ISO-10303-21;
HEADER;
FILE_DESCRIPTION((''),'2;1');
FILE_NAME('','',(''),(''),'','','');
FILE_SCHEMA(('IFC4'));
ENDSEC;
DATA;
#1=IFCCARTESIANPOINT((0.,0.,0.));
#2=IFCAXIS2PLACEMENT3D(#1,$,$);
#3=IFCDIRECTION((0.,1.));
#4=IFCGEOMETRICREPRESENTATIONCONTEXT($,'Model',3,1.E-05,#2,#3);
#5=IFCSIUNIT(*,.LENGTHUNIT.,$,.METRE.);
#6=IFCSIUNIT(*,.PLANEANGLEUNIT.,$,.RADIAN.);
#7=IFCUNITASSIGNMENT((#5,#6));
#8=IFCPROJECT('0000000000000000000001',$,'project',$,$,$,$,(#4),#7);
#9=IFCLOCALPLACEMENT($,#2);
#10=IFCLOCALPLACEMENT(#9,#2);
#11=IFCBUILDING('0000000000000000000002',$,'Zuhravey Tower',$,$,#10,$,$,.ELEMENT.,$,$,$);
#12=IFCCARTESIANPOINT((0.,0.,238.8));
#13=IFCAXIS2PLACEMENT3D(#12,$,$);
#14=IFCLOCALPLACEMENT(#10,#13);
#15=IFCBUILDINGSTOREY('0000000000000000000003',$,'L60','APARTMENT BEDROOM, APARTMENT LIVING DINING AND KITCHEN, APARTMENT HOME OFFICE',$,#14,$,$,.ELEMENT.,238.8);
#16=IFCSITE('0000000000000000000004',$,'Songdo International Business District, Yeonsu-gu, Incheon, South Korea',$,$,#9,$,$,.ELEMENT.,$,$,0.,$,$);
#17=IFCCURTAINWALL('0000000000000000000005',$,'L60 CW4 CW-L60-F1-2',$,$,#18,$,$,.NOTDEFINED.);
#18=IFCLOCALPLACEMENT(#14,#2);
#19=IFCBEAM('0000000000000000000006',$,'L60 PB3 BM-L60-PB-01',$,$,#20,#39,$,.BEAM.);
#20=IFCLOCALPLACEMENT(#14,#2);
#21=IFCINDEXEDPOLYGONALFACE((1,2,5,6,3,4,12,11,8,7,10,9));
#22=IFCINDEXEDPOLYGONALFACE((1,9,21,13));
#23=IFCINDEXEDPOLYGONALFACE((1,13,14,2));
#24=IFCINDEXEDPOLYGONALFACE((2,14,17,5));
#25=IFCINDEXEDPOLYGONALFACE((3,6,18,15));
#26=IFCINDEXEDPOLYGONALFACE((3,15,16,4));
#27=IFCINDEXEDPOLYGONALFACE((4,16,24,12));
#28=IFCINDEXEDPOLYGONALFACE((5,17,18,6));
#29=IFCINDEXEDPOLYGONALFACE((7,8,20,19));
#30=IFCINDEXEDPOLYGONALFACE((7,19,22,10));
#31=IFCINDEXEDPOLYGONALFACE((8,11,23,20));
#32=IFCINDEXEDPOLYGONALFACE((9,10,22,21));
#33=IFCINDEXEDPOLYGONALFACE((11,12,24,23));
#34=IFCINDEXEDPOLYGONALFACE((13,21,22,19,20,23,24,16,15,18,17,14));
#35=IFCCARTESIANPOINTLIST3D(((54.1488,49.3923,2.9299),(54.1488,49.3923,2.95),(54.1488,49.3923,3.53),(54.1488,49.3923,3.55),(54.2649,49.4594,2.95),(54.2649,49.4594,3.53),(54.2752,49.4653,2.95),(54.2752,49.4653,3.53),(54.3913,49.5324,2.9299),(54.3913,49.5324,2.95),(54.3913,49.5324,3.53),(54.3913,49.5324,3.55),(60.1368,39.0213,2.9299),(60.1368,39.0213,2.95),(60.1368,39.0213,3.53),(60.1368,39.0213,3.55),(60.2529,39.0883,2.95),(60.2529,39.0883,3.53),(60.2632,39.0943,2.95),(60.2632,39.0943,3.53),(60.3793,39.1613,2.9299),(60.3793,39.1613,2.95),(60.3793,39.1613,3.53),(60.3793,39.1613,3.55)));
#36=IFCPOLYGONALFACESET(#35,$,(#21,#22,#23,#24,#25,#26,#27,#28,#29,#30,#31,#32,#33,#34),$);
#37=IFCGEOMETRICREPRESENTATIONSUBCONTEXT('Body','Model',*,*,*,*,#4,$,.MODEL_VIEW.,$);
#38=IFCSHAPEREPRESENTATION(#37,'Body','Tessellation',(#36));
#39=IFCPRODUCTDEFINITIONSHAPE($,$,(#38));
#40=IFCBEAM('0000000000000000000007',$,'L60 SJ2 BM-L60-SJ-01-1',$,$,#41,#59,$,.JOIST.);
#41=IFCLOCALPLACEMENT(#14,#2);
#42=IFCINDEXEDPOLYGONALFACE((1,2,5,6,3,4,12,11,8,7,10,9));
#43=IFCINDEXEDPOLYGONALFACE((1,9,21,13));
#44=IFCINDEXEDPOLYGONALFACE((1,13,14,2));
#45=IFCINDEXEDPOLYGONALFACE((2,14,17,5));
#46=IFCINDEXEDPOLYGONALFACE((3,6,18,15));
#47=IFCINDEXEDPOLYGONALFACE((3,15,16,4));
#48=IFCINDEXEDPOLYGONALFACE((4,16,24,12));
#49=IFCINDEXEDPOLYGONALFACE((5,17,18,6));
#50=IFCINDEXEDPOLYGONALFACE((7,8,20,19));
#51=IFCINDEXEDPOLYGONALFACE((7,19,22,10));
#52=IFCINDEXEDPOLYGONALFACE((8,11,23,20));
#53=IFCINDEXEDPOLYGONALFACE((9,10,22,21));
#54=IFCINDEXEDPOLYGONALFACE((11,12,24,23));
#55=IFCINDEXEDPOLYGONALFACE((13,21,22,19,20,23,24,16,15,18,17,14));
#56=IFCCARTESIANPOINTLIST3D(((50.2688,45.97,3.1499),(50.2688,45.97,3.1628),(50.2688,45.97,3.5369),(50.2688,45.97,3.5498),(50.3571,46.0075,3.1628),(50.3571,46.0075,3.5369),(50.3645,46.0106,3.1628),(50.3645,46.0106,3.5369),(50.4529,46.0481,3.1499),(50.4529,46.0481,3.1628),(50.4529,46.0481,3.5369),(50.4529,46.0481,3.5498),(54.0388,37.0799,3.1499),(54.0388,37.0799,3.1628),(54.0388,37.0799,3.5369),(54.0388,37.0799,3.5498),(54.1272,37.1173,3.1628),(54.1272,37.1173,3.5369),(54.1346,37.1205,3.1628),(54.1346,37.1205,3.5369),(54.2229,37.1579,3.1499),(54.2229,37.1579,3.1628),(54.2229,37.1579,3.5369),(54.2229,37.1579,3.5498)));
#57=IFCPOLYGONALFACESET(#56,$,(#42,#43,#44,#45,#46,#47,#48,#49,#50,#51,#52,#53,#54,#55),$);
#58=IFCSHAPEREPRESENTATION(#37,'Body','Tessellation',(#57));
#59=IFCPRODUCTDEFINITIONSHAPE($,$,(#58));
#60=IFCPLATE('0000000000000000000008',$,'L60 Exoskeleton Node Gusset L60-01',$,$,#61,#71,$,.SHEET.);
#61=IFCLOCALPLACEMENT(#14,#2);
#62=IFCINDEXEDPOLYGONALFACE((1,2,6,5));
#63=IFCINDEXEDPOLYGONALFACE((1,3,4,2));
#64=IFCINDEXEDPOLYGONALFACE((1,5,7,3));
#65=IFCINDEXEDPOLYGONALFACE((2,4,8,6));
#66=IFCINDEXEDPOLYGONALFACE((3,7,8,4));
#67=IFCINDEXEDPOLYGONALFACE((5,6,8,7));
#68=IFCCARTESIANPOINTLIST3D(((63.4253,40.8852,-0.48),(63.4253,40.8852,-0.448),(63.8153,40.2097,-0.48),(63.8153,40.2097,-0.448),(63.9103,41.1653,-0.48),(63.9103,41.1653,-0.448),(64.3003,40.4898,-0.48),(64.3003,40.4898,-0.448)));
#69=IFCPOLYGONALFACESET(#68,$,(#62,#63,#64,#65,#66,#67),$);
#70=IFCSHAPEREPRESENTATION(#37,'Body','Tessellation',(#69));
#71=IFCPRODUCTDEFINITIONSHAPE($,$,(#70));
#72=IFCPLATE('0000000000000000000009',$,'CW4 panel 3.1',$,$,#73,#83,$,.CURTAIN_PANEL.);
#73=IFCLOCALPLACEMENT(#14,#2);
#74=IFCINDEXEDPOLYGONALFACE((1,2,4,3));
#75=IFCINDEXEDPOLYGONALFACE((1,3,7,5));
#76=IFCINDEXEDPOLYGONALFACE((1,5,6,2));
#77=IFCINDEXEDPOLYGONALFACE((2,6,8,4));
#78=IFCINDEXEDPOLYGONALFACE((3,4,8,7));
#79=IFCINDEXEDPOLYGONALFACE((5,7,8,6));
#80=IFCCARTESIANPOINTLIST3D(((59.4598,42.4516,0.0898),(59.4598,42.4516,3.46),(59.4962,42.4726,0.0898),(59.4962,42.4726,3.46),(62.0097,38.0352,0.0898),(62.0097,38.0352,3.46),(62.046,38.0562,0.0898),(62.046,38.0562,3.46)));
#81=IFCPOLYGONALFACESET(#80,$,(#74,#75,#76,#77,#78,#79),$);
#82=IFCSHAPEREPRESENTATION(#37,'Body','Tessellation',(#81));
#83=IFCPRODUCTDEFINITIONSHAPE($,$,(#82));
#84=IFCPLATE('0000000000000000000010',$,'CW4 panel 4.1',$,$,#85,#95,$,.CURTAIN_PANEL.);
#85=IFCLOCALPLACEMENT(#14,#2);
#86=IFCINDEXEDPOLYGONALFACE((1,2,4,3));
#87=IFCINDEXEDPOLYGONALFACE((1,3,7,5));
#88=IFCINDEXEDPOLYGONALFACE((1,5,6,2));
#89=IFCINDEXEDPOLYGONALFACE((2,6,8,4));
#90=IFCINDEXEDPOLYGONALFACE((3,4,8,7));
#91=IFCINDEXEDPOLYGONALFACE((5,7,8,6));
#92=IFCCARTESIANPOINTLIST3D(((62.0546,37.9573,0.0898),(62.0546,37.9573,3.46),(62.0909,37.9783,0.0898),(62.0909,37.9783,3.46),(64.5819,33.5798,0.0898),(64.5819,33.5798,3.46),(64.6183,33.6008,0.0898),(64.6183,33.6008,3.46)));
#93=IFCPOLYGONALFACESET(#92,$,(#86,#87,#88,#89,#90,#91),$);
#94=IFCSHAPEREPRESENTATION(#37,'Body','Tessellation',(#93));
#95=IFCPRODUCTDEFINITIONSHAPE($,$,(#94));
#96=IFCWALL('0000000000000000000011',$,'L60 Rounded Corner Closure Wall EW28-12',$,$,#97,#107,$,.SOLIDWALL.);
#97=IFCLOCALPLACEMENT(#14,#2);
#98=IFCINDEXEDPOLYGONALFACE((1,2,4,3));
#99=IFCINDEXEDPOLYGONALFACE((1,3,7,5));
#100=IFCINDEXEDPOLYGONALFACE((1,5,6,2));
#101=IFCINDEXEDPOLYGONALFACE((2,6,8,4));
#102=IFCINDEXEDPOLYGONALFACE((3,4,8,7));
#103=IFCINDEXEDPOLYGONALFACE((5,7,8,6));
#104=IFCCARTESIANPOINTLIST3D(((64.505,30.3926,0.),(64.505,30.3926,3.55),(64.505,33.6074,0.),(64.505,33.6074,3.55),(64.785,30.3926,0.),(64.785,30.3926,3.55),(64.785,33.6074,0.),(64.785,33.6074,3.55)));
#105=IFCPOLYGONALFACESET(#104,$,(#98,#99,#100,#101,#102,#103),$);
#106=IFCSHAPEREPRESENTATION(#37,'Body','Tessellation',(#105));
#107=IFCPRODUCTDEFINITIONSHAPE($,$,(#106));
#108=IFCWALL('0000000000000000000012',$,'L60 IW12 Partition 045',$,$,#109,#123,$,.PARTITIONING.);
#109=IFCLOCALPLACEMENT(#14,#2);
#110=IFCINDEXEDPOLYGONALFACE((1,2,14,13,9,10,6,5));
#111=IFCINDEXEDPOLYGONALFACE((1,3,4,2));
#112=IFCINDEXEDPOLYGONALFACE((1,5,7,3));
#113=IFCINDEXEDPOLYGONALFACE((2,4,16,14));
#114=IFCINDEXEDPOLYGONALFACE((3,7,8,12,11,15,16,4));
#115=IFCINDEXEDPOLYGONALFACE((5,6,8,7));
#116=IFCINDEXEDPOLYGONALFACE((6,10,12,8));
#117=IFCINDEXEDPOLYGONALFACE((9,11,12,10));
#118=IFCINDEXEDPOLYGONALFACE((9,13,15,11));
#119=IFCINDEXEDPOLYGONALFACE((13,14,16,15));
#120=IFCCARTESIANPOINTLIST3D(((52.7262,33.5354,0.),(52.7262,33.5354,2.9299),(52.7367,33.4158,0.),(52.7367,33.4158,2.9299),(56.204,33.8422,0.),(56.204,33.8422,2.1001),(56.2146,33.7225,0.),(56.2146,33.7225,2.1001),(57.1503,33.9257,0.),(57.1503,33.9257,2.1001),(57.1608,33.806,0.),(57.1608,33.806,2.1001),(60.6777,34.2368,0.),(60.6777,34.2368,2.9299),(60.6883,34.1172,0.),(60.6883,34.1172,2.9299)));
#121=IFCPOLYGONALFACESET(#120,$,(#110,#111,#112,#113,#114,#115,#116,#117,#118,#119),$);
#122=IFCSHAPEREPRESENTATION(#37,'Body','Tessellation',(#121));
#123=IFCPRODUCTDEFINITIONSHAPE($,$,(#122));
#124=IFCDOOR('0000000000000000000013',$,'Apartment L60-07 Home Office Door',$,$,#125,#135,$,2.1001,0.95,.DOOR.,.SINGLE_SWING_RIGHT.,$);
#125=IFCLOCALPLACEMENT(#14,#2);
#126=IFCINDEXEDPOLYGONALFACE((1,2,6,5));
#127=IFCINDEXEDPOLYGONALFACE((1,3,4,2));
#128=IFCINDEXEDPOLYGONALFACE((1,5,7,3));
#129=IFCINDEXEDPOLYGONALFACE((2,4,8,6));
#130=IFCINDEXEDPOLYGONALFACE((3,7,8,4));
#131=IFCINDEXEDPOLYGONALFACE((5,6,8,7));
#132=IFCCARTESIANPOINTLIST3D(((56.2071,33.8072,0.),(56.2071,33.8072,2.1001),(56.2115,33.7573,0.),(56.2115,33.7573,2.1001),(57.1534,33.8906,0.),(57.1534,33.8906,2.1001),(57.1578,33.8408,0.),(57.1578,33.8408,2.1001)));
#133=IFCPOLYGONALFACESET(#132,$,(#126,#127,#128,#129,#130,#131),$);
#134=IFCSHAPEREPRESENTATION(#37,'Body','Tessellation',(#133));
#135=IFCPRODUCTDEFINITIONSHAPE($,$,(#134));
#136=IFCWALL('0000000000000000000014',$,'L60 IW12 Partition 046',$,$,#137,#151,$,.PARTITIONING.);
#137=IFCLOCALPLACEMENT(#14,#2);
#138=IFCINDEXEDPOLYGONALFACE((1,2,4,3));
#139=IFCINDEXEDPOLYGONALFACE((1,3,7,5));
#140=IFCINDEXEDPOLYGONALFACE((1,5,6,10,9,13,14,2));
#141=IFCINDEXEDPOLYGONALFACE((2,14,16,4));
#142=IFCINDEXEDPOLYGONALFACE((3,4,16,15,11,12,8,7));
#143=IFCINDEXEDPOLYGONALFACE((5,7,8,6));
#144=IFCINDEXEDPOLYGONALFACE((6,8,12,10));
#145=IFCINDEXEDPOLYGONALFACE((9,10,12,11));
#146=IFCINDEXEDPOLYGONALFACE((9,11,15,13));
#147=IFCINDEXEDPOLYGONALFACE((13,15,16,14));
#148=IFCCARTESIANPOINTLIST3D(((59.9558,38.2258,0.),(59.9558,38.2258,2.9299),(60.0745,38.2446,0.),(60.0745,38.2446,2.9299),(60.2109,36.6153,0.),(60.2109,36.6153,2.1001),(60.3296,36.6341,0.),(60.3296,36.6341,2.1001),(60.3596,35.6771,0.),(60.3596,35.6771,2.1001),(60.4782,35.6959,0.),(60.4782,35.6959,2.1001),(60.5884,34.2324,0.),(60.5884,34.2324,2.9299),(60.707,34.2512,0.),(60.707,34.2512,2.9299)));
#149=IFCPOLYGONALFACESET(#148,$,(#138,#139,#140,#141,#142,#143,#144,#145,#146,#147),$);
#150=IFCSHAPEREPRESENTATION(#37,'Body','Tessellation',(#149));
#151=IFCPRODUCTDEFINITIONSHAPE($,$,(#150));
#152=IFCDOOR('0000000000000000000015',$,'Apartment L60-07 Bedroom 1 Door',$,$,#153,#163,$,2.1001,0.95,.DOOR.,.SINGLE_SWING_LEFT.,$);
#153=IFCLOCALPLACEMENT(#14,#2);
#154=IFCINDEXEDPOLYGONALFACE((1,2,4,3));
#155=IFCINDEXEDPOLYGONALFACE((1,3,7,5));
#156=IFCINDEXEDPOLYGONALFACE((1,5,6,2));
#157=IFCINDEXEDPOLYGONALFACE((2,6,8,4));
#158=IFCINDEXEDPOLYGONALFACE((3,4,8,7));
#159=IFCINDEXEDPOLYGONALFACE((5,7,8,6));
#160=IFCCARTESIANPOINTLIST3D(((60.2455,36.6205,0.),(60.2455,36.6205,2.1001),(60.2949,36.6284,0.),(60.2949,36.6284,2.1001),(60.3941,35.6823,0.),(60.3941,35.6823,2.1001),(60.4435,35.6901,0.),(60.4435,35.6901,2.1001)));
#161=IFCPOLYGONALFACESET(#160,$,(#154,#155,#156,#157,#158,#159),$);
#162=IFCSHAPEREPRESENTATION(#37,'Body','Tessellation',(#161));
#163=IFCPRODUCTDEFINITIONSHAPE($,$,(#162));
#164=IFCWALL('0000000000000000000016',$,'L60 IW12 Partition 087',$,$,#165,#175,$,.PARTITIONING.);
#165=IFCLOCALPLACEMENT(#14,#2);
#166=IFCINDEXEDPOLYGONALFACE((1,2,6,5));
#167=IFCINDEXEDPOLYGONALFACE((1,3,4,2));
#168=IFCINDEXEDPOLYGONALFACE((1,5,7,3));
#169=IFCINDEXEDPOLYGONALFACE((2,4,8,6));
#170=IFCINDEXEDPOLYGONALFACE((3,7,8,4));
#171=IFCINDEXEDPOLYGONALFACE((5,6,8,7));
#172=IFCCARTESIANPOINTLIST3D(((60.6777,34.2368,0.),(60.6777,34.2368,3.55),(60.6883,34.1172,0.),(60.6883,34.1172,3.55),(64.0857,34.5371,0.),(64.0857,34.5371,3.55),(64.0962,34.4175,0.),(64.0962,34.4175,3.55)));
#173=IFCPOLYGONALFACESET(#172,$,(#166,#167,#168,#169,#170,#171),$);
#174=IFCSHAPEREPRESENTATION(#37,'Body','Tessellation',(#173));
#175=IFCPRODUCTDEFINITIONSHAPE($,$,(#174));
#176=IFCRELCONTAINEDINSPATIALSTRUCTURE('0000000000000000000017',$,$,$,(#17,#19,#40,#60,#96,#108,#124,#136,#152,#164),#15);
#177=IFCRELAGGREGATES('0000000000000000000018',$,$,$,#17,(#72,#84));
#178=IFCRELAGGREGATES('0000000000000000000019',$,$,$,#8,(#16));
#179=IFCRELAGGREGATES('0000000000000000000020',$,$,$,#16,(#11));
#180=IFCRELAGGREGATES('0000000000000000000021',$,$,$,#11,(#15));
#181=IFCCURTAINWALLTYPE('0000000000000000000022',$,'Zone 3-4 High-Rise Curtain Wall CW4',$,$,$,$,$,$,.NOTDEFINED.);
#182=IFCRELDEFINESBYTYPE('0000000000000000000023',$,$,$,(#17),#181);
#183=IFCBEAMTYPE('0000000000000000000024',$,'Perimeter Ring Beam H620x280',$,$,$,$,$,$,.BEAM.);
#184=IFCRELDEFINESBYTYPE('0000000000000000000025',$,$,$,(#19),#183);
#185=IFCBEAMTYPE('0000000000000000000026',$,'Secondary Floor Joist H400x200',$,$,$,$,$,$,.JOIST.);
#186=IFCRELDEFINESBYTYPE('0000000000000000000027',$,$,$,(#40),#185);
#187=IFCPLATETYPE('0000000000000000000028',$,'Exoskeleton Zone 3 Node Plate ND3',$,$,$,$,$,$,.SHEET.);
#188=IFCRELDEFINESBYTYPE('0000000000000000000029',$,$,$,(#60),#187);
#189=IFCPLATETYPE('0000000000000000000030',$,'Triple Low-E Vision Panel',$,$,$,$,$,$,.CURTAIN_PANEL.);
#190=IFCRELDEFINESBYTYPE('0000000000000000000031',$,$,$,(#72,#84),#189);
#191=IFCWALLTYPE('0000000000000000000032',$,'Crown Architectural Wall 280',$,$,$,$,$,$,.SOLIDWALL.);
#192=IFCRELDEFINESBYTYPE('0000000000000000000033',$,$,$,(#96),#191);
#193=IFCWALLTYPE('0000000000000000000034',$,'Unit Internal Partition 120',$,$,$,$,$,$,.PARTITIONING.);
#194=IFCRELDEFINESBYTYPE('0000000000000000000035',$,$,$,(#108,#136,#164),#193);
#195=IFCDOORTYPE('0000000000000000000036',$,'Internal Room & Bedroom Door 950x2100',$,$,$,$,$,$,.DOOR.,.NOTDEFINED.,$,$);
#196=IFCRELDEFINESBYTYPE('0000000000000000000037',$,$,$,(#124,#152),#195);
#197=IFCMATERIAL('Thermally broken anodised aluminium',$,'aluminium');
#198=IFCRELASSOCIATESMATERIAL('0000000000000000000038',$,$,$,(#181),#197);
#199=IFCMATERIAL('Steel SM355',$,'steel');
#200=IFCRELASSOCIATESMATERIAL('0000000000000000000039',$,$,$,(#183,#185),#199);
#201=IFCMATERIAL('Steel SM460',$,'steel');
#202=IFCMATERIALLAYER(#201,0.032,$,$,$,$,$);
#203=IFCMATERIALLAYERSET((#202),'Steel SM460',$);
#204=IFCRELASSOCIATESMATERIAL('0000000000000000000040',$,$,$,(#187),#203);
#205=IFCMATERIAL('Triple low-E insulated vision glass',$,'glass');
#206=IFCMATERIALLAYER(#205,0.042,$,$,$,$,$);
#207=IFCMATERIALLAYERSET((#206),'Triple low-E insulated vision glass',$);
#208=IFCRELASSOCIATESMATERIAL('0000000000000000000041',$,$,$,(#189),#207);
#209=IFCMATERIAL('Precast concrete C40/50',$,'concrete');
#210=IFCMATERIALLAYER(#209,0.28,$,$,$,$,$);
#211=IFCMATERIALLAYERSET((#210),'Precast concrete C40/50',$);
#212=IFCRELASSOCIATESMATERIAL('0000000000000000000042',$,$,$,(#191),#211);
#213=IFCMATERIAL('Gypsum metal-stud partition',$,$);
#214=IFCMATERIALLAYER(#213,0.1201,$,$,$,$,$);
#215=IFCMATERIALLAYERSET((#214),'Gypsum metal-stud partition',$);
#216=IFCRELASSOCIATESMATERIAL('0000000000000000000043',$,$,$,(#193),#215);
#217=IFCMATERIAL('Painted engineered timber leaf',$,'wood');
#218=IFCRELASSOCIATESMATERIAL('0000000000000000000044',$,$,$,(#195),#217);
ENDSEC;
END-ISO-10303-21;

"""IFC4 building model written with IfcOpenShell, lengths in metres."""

from ifc_helpers import new_model, si_unit, direction, frame, frame_2d, origin, origin_2d, place, context, subcontext, project, spatial, rectangle, i_section, extrude, material, layer, layer_set, material_profile, profile_set, type_object, element, fill, aggregate, save


model = new_model("IFC4")

# Units and contexts
model_context = context("Model", 3, precision=1e-05, world=origin(), true_north=direction((0.0, 1.0)))
body_context = subcontext(model_context, "Body", "Model", "MODEL_VIEW")
ifc_project = project(units=[si_unit("LENGTHUNIT", "METRE"), si_unit("PLANEANGLEUNIT", "RADIAN")], contexts=[model_context])

# Site, building, storey
site_placement = place(None, origin())
site = spatial("IfcSite", under=ifc_project, at=site_placement, Name="Songdo International Business District, Yeonsu-gu, Incheon, South Korea", CompositionType="ELEMENT", RefElevation=0.0)
building_placement = place(site_placement, origin())
building = spatial("IfcBuilding", under=site, at=building_placement, Name="Zuhravey Tower", CompositionType="ELEMENT")
storey_placement = place(building_placement, frame((0.0, 0.0, 238.8)))
storey = spatial("IfcBuildingStorey", under=building, at=storey_placement, Name="L60", Description="APARTMENT BEDROOM, APARTMENT LIVING DINING AND KITCHEN, APARTMENT HOME OFFICE", CompositionType="ELEMENT", Elevation=238.8)

# Curtain wall
ifc_material_1 = material(Name="Thermally broken anodised aluminium", Category="aluminium")
curtain_wall_type = type_object("IfcCurtainWallType", Name="Zone 3-4 High-Rise Curtain Wall CW4", PredefinedType="NOTDEFINED", material=ifc_material_1)
curtain_wall_placement = place(storey_placement, origin())
curtain_wall = element("IfcCurtainWall", 1, at=curtain_wall_placement, inside=storey, type_object=curtain_wall_type, Name="L60 CW4 CW-L60-F1-2", PredefinedType="NOTDEFINED")

# Shared definitions
ifc_material_2 = material(Name="Steel SM355", Category="steel")

# Beams
ifc_material_profile_1 = material_profile(ifc_material_2, i_section(OverallWidth=0.28, OverallDepth=0.6201, WebThickness=0.012, FlangeThickness=0.02, at=origin_2d()), Name="H-620x280x12x20")
ifc_profile_set_1 = profile_set([ifc_material_profile_1], Name="Steel SM355")
beam_type_1 = type_object("IfcBeamType", Name="Perimeter Ring Beam H620x280", PredefinedType="BEAM", material=ifc_profile_set_1)
beam_1_placement = place(storey_placement, frame((60.2581, 39.0913, 3.24), z_axis=(-0.500018, 0.866015, 0.0), x_axis=(-0.866015, -0.500018, 0.0)))
element("IfcBeam", 2, at=beam_1_placement, inside=storey, type_object=beam_type_1, Name="L60 PB3 BM-L60-PB-01", PredefinedType="BEAM", context=body_context, shape_type="SweptSolid", body=[
    extrude(i_section(OverallWidth=0.28, OverallDepth=0.6201, WebThickness=0.012, FlangeThickness=0.02, at=origin_2d()), origin(), (0.0, 0.0, 1.0), 11.9756),
])
ifc_material_profile_2 = material_profile(ifc_material_2, i_section(OverallWidth=0.2, OverallDepth=0.3999, WebThickness=0.0081, FlangeThickness=0.0129, at=origin_2d()), Name="H-400x200x8x13")
ifc_profile_set_2 = profile_set([ifc_material_profile_2], Name="Steel SM355")
beam_type_2 = type_object("IfcBeamType", Name="Secondary Floor Joist H400x200", PredefinedType="JOIST", material=ifc_profile_set_2)
beam_2_placement = place(storey_placement, frame((54.1309, 37.1189, 3.3499), z_axis=(-0.390413, 0.92064, 0.0), x_axis=(-0.92064, -0.390413, 0.0)))
element("IfcBeam", 3, at=beam_2_placement, inside=storey, type_object=beam_type_2, Name="L60 SJ2 BM-L60-SJ-01-1", PredefinedType="JOIST", context=body_context, shape_type="SweptSolid", body=[
    extrude(i_section(OverallWidth=0.2, OverallDepth=0.3999, WebThickness=0.0081, FlangeThickness=0.0129, at=origin_2d()), origin(), (0.0, 0.0, 1.0), 9.6565),
])

# Plates
ifc_material_3 = material(Name="Steel SM460", Category="steel")
ifc_layer_1 = layer(ifc_material_3, 0.032)
ifc_layer_set_1 = layer_set([ifc_layer_1], Name="Steel SM460")
plate_type_1 = type_object("IfcPlateType", Name="Exoskeleton Zone 3 Node Plate ND3", PredefinedType="SHEET", material=ifc_layer_set_1)
plate_1_placement = place(storey_placement, frame((63.8628, 40.6875, -0.48), z_axis=(0.0, 0.0, 1.0), x_axis=(-0.5, 0.866025, 0.0)))
element("IfcPlate", 4, at=plate_1_placement, inside=storey, type_object=plate_type_1, Name="L60 Exoskeleton Node Gusset L60-01", PredefinedType="SHEET", context=body_context, shape_type="SweptSolid", body=[
    extrude(rectangle(XDim=0.78, YDim=0.5601, at=origin_2d()), origin(), (0.0, 0.0, 1.0), 0.032),
])
ifc_material_4 = material(Name="Triple low-E insulated vision glass", Category="glass")
ifc_layer_2 = layer(ifc_material_4, 0.042)
ifc_layer_set_2 = layer_set([ifc_layer_2], Name="Triple low-E insulated vision glass")
plate_type_2 = type_object("IfcPlateType", Name="Triple Low-E Vision Panel", PredefinedType="CURTAIN_PANEL", material=ifc_layer_set_2)
plate_2_placement = place(storey_placement, frame((60.7529, 40.2539, 0.0898), z_axis=(0.0, 0.0, 1.0), x_axis=(0.500002, -0.866024, 0.0)))
plate_2 = element("IfcPlate", 5, at=plate_2_placement, type_object=plate_type_2, Name="CW4 panel 3.1", PredefinedType="CURTAIN_PANEL", context=body_context, shape_type="SweptSolid", body=[
    extrude(rectangle(XDim=5.0996, YDim=0.042, at=origin_2d()), origin(), (0.0, 0.0, 1.0), 3.3701),
])
plate_3_placement = place(storey_placement, frame((63.3364, 35.7791, 0.0898), z_axis=(0.0, 0.0, 1.0), x_axis=(0.500002, -0.866024, 0.0)))
plate_3 = element("IfcPlate", 6, at=plate_3_placement, type_object=plate_type_2, Name="CW4 panel 4.1", PredefinedType="CURTAIN_PANEL", context=body_context, shape_type="SweptSolid", body=[
    extrude(rectangle(XDim=5.0547, YDim=0.042, at=origin_2d()), origin(), (0.0, 0.0, 1.0), 3.3701),
])
aggregate(curtain_wall, [plate_2, plate_3])

# Wall
ifc_material_5 = material(Name="Precast concrete C40/50", Category="concrete")
ifc_layer_3 = layer(ifc_material_5, 0.28)
ifc_layer_set_3 = layer_set([ifc_layer_3], Name="Precast concrete C40/50")
wall_type_1 = type_object("IfcWallType", Name="Crown Architectural Wall 280", PredefinedType="SOLIDWALL", material=ifc_layer_set_3)
wall_1_placement = place(storey_placement, frame((64.645, 33.6074, 0.0), z_axis=(0.0, 0.0, 1.0), x_axis=(0.0, -1.0, 0.0)))
element("IfcWall", 7, at=wall_1_placement, inside=storey, type_object=wall_type_1, Name="L60 Rounded Corner Closure Wall EW28-12", PredefinedType="SOLIDWALL", context=body_context, shape_type="SweptSolid", body=[
    extrude(rectangle(XDim=3.2148, YDim=0.28, at=frame_2d((1.6074, 0.0))), origin(), (0.0, 0.0, 1.0), 3.55),
])

# Walls, openings, doors
ifc_material_6 = material(Name="Gypsum metal-stud partition")
ifc_layer_4 = layer(ifc_material_6, 0.1201)
ifc_layer_set_4 = layer_set([ifc_layer_4], Name="Gypsum metal-stud partition")
wall_type_2 = type_object("IfcWallType", Name="Unit Internal Partition 120", PredefinedType="PARTITIONING", material=ifc_layer_set_4)
wall_2_placement = place(storey_placement, frame((52.7314, 33.4756, 0.0), z_axis=(0.0, 0.0, 1.0), x_axis=(0.996132, 0.087869, 0.0)))
wall_2 = element("IfcWall", 8, at=wall_2_placement, inside=storey, type_object=wall_type_2, Name="L60 IW12 Partition 045", PredefinedType="PARTITIONING", context=body_context, shape_type="SweptSolid", body=[
    extrude(rectangle(XDim=7.9824, YDim=0.1201, at=frame_2d((3.9912, 0.0))), origin(), (0.0, 0.0, 1.0), 2.9299),
])
opening_1_placement = place(wall_2_placement, frame((3.4912, 0.0, 0.0)))
opening_1 = element("IfcOpeningElement", 9, at=opening_1_placement, cuts=wall_2, PredefinedType="OPENING", context=body_context, shape_type="SweptSolid", body=[
    extrude(rectangle(XDim=0.95, YDim=2.1001, at=frame_2d((0.4751, 1.05))), frame((0.0, 0.072, 0.0), z_axis=(0.0, -1.0, 0.0), x_axis=(1.0, 0.0, 0.0)), (0.0, 0.0, 1.0), 0.144),
])
ifc_material_7 = material(Name="Painted engineered timber leaf", Category="wood")
door_type = type_object("IfcDoorType", Name="Internal Room & Bedroom Door 950x2100", OperationType="NOTDEFINED", PredefinedType="DOOR", material=ifc_material_7)
door_1_placement = place(opening_1_placement, origin())
door_1 = element("IfcDoor", 10, at=door_1_placement, inside=storey, type_object=door_type, Name="Apartment L60-07 Home Office Door", OperationType="SINGLE_SWING_RIGHT", OverallHeight=2.1001, OverallWidth=0.95, PredefinedType="DOOR", context=body_context, shape_type="SweptSolid", body=[
    extrude(rectangle(XDim=0.95, YDim=2.1001, at=frame_2d((0.4751, 1.05))), frame((0.0, 0.0249, 0.0), z_axis=(0.0, -1.0, 0.0), x_axis=(1.0, 0.0, 0.0)), (0.0, 0.0, 1.0), 0.05),
])
fill(opening_1, door_1)
wall_3_placement = place(storey_placement, frame((60.6477, 34.2419, 0.0), z_axis=(0.0, 0.0, 1.0), x_axis=(-0.156452, 0.987685, 0.0)))
wall_3 = element("IfcWall", 11, at=wall_3_placement, inside=storey, type_object=wall_type_2, Name="L60 IW12 Partition 046", PredefinedType="PARTITIONING", context=body_context, shape_type="SweptSolid", body=[
    extrude(rectangle(XDim=4.0432, YDim=0.1201, at=frame_2d((2.0215, 0.0))), origin(), (0.0, 0.0, 1.0), 2.9299),
])
opening_2_placement = place(wall_3_placement, frame((1.4624, 0.0, 0.0)))
opening_2 = element("IfcOpeningElement", 12, at=opening_2_placement, cuts=wall_3, PredefinedType="OPENING", context=body_context, shape_type="SweptSolid", body=[
    extrude(rectangle(XDim=0.95, YDim=2.1001, at=frame_2d((0.4751, 1.05))), frame((0.0, 0.072, 0.0), z_axis=(0.0, -1.0, 0.0), x_axis=(1.0, 0.0, 0.0)), (0.0, 0.0, 1.0), 0.144),
])
door_2_placement = place(opening_2_placement, frame((0.95, 0.0, 0.0), z_axis=(0.0, 0.0, 1.0), x_axis=(-1.0, 0.0, 0.0)))
door_2 = element("IfcDoor", 13, at=door_2_placement, inside=storey, type_object=door_type, Name="Apartment L60-07 Bedroom 1 Door", OperationType="SINGLE_SWING_LEFT", OverallHeight=2.1001, OverallWidth=0.95, PredefinedType="DOOR", context=body_context, shape_type="SweptSolid", body=[
    extrude(rectangle(XDim=0.95, YDim=2.1001, at=frame_2d((0.4751, 1.05))), frame((0.0, 0.0249, 0.0), z_axis=(0.0, -1.0, 0.0), x_axis=(1.0, 0.0, 0.0)), (0.0, 0.0, 1.0), 0.05),
])
fill(opening_2, door_2)

# Wall
wall_4_placement = place(storey_placement, frame((60.6831, 34.177, 0.0), z_axis=(0.0, 0.0, 1.0), x_axis=(0.99614, 0.087775, 0.0)))
element("IfcWall", 14, at=wall_4_placement, inside=storey, type_object=wall_type_2, Name="L60 IW12 Partition 087", PredefinedType="PARTITIONING", context=body_context, shape_type="SweptSolid", body=[
    extrude(rectangle(XDim=3.4211, YDim=0.1201, at=frame_2d((1.7104, 0.0))), origin(), (0.0, 0.0, 1.0), 3.55),
])

save(model, "model.ifc")
